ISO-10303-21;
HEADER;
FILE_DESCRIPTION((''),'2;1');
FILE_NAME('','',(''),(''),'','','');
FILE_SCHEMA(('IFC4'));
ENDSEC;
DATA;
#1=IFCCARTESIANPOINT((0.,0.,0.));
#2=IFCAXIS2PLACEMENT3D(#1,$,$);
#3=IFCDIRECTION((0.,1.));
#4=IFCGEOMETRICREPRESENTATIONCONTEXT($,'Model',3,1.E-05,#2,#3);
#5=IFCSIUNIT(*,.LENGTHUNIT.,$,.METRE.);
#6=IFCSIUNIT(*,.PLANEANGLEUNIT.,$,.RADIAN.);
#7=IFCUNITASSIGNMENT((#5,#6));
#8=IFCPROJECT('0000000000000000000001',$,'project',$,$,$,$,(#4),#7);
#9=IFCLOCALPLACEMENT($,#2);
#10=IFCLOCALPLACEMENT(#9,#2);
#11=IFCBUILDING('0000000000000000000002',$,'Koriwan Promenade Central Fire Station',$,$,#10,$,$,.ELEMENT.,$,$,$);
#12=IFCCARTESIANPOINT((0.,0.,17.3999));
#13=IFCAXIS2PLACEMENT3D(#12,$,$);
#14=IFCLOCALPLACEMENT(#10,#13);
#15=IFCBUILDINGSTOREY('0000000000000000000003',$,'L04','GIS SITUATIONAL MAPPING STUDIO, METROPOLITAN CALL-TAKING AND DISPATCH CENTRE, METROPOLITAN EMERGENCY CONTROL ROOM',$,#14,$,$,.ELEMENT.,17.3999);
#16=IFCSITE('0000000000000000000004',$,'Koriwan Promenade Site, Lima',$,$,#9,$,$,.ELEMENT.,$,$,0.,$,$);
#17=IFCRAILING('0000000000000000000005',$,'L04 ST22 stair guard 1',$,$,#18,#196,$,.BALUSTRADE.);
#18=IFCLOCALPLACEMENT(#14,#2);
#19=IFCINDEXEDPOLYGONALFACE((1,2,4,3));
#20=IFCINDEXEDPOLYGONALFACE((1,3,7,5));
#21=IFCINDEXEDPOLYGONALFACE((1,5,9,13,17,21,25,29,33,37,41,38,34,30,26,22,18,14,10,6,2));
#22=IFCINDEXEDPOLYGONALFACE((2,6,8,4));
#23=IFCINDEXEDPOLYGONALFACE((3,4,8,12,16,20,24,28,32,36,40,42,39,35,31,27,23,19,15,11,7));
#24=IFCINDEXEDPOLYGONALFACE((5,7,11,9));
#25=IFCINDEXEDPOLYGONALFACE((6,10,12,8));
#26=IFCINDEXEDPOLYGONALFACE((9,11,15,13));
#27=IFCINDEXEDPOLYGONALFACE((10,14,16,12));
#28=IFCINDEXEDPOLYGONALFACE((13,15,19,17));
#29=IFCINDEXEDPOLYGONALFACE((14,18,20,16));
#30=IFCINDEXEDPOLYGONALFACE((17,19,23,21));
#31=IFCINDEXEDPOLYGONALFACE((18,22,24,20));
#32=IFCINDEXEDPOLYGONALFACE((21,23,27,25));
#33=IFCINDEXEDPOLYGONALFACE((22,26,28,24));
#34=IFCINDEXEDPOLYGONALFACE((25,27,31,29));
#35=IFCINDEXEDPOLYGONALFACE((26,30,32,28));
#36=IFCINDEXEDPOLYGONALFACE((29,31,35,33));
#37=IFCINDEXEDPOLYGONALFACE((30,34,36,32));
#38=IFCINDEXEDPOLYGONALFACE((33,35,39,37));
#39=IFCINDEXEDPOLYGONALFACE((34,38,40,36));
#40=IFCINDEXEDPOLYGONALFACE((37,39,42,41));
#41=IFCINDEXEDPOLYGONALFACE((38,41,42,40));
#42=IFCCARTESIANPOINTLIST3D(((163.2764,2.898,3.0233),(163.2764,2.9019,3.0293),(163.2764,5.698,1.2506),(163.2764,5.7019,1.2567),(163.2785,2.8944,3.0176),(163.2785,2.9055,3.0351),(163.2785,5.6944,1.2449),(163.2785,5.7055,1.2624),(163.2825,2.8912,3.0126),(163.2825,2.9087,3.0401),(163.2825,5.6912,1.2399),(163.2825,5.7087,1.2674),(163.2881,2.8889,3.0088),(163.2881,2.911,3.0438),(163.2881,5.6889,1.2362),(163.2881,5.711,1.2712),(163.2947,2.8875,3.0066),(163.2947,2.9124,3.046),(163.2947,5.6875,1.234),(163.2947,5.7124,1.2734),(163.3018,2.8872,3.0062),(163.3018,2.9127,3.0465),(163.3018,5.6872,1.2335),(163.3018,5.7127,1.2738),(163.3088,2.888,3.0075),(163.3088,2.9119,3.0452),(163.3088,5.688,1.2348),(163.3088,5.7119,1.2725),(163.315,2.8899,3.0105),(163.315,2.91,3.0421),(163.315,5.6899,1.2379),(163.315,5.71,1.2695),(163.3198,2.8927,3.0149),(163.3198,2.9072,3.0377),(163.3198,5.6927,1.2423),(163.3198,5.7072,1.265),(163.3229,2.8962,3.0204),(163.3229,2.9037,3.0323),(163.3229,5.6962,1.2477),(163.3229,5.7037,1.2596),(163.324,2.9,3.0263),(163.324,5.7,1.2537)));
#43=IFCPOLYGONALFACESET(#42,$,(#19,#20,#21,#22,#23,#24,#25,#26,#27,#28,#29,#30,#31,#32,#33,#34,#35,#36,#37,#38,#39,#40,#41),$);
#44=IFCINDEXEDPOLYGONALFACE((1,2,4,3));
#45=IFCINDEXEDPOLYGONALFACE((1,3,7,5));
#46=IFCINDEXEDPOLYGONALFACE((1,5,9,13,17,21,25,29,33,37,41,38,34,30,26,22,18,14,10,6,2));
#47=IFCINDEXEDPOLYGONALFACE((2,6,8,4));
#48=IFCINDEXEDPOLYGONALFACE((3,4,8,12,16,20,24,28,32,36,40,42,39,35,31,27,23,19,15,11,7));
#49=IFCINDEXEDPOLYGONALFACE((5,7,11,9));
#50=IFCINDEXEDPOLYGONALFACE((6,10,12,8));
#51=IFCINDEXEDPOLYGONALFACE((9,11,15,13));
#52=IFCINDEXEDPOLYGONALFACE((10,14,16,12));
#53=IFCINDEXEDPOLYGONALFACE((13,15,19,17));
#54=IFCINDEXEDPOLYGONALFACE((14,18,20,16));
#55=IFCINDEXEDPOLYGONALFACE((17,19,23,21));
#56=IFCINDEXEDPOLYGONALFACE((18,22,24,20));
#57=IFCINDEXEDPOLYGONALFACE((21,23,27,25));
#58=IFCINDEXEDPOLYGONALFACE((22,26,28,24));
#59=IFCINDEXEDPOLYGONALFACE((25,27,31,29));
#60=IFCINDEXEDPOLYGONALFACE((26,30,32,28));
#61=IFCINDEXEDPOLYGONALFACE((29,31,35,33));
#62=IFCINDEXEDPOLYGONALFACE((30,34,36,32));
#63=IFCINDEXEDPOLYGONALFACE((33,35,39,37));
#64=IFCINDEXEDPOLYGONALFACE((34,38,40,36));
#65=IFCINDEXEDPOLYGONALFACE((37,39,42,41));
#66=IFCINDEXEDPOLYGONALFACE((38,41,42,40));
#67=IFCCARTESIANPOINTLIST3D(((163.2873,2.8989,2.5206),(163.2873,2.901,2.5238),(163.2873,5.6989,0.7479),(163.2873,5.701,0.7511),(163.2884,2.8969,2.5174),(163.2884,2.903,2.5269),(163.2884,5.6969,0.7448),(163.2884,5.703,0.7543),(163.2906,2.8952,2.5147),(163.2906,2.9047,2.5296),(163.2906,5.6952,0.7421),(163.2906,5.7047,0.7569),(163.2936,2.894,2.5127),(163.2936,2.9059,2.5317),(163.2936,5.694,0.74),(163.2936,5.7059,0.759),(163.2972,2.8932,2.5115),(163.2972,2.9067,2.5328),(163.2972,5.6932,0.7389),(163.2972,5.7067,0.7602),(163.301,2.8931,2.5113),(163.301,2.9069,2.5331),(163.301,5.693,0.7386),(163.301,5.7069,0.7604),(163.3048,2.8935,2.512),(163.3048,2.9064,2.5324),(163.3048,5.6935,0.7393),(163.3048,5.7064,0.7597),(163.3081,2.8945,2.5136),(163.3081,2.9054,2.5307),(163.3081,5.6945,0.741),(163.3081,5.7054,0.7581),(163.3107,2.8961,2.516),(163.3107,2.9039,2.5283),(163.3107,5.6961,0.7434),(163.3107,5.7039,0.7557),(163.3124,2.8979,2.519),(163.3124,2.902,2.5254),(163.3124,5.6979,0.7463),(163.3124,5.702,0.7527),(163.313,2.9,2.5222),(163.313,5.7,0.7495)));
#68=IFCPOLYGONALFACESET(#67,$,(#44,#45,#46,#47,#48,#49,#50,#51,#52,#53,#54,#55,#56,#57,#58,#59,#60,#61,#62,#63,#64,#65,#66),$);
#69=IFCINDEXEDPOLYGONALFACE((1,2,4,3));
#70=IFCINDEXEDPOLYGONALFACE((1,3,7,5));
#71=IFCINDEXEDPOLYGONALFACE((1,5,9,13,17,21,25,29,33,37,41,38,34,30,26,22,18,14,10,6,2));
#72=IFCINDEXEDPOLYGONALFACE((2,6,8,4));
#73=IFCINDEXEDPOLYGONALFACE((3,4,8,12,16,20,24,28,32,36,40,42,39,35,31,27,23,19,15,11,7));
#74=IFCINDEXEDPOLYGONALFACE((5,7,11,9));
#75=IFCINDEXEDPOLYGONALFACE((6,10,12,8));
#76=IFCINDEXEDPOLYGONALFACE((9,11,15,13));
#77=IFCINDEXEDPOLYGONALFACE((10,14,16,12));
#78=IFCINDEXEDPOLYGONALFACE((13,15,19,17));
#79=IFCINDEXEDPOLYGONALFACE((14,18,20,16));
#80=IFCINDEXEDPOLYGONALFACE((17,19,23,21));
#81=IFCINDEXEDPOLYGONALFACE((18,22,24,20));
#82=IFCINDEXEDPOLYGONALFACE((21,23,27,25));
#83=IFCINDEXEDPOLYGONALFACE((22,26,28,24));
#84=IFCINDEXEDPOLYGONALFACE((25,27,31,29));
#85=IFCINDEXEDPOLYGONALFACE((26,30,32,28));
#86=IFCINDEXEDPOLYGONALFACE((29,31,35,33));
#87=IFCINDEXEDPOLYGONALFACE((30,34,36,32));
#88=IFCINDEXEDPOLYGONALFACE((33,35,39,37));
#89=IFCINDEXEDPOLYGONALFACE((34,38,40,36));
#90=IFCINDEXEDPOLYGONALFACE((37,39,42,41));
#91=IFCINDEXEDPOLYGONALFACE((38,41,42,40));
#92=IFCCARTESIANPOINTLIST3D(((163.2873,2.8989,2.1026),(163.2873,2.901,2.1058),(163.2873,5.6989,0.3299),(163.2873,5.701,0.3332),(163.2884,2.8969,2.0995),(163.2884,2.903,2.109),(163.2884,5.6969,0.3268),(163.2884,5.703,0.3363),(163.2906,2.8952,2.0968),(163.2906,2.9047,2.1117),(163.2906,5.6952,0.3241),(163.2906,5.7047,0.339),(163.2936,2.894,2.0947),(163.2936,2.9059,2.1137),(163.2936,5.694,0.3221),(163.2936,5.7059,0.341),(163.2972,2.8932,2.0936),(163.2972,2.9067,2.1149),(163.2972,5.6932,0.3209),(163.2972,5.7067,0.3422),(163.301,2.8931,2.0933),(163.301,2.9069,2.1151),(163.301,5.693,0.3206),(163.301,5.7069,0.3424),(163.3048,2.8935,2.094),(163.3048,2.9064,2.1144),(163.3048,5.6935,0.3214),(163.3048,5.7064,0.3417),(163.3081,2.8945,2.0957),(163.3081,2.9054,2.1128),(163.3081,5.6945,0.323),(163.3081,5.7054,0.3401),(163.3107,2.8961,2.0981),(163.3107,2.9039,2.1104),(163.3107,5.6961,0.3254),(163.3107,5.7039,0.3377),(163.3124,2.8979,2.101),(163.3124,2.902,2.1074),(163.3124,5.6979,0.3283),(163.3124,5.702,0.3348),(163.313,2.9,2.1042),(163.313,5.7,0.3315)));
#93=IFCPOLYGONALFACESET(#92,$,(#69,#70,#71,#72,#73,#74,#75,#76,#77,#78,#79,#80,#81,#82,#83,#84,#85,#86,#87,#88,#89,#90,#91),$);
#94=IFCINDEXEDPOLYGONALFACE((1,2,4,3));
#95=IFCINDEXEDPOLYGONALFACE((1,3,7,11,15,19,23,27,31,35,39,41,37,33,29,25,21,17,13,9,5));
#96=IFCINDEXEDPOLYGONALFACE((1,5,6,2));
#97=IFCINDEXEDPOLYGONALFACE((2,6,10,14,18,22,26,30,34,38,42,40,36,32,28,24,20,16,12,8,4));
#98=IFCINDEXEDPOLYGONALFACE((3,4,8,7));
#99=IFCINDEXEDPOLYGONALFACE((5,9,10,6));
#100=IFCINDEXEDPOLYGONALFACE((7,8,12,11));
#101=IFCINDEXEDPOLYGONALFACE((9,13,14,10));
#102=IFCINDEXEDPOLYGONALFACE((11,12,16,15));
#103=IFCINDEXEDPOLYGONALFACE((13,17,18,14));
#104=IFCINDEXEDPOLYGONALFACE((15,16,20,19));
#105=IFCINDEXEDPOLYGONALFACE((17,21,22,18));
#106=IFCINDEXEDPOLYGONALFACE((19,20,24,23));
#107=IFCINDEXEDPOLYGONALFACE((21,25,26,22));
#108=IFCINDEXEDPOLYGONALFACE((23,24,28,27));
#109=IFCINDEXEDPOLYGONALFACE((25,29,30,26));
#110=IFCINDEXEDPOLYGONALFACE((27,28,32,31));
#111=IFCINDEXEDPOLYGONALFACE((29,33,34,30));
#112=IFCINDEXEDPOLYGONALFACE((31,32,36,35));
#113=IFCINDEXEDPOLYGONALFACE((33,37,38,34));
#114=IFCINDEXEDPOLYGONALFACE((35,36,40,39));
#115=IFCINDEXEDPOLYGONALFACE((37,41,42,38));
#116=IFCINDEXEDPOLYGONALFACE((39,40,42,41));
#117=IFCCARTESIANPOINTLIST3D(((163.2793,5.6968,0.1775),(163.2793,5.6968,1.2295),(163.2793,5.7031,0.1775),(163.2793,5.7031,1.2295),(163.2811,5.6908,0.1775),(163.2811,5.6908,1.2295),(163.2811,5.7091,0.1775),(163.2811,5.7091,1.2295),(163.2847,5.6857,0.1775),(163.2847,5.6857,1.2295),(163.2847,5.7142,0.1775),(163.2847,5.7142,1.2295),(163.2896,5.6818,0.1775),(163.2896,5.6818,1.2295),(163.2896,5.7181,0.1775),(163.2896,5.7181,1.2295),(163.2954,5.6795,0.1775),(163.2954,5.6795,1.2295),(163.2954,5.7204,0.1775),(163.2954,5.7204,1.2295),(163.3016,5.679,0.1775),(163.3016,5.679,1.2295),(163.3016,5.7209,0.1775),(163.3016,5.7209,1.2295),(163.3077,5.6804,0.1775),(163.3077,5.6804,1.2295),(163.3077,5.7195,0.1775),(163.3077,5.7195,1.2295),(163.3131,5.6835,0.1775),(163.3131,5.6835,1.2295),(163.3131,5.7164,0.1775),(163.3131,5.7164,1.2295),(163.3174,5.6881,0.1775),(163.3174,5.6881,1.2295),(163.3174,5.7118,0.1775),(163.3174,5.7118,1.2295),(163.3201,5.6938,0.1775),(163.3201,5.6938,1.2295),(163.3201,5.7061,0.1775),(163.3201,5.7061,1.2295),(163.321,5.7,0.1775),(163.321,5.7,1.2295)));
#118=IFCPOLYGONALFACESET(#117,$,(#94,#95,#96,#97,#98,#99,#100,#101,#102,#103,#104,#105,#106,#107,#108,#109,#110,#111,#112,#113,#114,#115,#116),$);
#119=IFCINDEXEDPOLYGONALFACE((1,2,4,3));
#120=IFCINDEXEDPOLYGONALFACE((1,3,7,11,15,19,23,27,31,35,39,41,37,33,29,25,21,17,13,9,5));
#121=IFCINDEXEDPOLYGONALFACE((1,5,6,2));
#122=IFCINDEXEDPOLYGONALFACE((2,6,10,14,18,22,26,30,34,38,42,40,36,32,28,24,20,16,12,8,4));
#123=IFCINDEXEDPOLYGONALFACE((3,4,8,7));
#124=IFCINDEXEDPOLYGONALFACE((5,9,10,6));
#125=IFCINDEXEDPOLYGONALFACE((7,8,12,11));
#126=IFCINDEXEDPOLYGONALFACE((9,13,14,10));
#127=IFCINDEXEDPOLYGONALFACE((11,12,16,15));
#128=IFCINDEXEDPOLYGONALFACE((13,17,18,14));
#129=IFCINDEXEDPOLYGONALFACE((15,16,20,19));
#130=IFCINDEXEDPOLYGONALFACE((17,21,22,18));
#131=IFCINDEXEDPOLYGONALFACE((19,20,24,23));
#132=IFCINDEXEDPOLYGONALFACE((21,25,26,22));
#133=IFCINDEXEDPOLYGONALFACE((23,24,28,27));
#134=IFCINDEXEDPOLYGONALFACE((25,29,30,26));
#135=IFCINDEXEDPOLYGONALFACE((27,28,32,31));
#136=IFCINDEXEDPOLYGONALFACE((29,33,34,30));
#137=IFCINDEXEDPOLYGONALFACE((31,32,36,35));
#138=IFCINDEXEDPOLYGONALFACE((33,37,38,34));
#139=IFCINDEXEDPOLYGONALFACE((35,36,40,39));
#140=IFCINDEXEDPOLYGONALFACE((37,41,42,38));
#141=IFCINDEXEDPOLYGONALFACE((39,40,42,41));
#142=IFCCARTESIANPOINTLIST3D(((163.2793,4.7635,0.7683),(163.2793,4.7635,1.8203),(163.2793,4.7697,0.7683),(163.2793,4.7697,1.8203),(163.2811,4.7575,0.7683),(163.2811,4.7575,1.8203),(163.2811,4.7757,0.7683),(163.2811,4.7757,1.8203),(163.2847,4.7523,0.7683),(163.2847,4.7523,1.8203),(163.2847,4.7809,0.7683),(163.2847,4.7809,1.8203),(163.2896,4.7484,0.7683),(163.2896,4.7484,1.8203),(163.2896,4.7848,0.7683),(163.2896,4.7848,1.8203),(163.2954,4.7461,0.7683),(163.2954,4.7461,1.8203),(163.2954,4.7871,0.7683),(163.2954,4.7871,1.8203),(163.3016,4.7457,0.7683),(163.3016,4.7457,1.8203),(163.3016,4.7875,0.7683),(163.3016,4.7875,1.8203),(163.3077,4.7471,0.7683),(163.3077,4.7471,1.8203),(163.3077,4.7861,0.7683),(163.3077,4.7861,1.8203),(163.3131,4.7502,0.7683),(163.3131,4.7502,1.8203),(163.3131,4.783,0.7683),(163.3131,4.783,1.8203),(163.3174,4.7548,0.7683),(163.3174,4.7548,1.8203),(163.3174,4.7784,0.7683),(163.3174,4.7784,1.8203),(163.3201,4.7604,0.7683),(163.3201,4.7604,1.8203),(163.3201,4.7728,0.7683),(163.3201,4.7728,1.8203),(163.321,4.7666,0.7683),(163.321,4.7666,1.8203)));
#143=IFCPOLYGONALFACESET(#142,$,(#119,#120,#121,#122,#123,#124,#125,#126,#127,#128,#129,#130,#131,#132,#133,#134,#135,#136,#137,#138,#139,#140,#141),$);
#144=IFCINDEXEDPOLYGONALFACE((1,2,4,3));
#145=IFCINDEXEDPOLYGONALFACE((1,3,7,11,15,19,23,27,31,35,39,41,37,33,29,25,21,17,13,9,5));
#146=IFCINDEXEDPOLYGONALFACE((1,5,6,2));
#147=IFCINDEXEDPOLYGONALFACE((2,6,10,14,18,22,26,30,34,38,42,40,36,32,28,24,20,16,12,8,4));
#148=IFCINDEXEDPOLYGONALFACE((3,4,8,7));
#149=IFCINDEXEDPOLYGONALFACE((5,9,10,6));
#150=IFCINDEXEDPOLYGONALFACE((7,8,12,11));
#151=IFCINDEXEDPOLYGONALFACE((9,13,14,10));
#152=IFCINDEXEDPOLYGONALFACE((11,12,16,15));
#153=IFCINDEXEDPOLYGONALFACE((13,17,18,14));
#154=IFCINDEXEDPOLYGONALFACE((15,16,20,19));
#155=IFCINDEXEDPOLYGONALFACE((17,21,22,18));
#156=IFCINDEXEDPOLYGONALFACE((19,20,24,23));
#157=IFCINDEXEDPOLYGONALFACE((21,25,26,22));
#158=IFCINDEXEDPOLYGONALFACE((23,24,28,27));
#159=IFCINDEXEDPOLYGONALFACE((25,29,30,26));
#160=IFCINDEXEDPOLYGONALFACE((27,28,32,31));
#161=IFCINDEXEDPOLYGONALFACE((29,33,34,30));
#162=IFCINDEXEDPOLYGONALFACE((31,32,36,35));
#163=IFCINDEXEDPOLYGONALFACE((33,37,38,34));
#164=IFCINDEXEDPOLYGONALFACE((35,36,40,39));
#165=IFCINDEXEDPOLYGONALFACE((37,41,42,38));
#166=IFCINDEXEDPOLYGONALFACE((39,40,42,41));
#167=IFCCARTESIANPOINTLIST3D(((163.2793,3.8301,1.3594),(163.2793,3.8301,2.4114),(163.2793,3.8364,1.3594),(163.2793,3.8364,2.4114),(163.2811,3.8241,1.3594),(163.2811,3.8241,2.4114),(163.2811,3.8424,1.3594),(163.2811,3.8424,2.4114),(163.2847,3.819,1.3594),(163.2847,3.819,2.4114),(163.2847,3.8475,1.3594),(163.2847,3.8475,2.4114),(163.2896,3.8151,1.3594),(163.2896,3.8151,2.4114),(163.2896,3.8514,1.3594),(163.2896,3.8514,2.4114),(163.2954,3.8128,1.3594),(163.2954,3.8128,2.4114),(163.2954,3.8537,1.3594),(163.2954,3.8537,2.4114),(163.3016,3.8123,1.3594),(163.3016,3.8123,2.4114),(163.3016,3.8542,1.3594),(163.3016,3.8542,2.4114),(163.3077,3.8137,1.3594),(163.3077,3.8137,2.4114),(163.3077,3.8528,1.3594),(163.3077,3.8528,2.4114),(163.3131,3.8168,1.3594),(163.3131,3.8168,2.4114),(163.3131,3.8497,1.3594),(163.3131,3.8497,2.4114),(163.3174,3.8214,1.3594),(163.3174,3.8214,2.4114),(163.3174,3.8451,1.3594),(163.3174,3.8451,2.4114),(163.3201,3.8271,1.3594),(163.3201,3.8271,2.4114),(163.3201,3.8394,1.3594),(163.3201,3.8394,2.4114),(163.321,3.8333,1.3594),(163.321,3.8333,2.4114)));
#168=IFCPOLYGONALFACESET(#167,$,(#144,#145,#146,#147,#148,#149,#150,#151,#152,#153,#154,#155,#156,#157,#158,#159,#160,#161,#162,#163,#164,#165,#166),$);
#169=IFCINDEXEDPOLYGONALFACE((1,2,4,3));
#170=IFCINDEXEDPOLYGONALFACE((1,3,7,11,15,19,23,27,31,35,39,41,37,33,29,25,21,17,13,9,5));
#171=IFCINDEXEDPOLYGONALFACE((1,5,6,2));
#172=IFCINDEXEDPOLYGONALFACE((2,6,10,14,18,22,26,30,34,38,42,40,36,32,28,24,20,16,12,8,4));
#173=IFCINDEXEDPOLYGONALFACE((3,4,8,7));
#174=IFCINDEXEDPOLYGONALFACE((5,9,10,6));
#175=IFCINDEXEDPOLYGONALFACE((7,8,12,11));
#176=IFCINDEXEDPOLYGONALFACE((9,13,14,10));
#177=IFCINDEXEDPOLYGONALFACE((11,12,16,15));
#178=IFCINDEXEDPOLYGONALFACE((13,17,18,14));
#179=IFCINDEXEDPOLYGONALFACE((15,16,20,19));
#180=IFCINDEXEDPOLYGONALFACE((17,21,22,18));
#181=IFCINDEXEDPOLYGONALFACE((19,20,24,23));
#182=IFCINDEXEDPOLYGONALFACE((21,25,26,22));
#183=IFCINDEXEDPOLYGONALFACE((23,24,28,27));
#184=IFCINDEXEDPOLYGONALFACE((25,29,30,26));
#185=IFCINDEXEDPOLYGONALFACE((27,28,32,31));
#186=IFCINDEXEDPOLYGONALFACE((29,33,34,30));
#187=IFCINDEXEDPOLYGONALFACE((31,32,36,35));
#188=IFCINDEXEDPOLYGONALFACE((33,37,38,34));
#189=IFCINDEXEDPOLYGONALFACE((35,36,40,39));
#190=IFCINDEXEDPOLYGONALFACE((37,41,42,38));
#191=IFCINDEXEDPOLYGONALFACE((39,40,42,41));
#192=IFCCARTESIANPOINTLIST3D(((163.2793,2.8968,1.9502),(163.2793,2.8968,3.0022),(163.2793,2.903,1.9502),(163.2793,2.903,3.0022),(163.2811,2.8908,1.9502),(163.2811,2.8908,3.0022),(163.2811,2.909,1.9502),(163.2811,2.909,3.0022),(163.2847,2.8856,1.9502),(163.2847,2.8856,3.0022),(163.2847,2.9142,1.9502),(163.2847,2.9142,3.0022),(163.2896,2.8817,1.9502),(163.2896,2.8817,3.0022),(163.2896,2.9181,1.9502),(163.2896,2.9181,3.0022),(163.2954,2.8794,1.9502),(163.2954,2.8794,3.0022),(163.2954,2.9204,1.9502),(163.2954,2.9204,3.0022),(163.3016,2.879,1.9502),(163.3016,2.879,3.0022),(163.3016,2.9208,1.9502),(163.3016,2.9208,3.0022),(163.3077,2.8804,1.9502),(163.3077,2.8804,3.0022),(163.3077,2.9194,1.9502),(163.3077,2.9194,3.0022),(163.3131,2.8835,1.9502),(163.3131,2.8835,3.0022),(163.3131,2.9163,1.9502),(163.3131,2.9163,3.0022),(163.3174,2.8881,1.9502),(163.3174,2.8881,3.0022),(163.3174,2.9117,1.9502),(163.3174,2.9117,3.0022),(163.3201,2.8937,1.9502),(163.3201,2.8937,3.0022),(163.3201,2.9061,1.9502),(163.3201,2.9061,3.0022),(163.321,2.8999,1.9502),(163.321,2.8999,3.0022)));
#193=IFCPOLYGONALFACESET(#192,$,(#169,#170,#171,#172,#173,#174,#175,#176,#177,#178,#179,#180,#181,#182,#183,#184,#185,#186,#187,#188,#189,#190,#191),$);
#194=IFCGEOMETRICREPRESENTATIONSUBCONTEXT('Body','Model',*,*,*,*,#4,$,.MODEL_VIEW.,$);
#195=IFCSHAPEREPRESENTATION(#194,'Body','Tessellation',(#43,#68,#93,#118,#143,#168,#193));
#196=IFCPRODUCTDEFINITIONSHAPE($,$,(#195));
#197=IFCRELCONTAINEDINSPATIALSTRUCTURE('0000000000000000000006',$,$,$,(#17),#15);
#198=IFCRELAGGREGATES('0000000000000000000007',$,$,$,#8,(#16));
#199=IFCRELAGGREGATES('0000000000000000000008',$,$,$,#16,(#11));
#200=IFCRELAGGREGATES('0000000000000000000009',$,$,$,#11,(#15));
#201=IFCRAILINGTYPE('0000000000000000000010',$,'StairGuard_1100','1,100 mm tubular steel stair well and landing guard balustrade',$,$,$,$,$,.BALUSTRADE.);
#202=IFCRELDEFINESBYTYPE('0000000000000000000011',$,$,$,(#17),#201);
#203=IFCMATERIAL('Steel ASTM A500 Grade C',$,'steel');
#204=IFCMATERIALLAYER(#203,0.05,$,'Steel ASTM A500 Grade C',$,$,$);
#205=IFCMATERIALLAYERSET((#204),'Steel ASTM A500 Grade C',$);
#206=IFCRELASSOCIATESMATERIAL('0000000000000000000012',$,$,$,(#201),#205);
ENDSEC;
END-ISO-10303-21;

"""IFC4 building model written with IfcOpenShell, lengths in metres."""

from ifc_helpers import new_model, si_unit, direction, frame, origin, origin_2d, place, context, subcontext, project, spatial, circle, extrude, material, layer, layer_set, type_object, element, save


model = new_model("IFC4")

# Units and contexts
model_context = context("Model", 3, precision=1e-05, world=origin(), true_north=direction((0.0, 1.0)))
body_context = subcontext(model_context, "Body", "Model", "MODEL_VIEW")
ifc_project = project(units=[si_unit("LENGTHUNIT", "METRE"), si_unit("PLANEANGLEUNIT", "RADIAN")], contexts=[model_context])

# Site, building, storey
site_placement = place(None, origin())
site = spatial("IfcSite", under=ifc_project, at=site_placement, Name="Koriwan Promenade Site, Lima", CompositionType="ELEMENT", RefElevation=0.0)
building_placement = place(site_placement, origin())
building = spatial("IfcBuilding", under=site, at=building_placement, Name="Koriwan Promenade Central Fire Station", CompositionType="ELEMENT")
storey_placement = place(building_placement, frame((0.0, 0.0, 17.3999)))
storey = spatial("IfcBuildingStorey", under=building, at=storey_placement, Name="L04", Description="GIS SITUATIONAL MAPPING STUDIO, METROPOLITAN CALL-TAKING AND DISPATCH CENTRE, METROPOLITAN EMERGENCY CONTROL ROOM", CompositionType="ELEMENT", Elevation=17.3999)

# Railing
ifc_material_1 = material(Name="Steel ASTM A500 Grade C", Category="steel")
ifc_layer_1 = layer(ifc_material_1, 0.05, Name="Steel ASTM A500 Grade C")
ifc_layer_set_1 = layer_set([ifc_layer_1], Name="Steel ASTM A500 Grade C")
railing_type_1 = type_object("IfcRailingType", Name="StairGuard_1100", Description="1,100 mm tubular steel stair well and landing guard balustrade", PredefinedType="BALUSTRADE", material=ifc_layer_set_1)
railing_1_placement = place(storey_placement, frame((163.3, 5.7, 0.1775)))
element("IfcRailing", 1, at=railing_1_placement, inside=storey, type_object=railing_type_1, Name="L04 ST22 stair guard 1", PredefinedType="BALUSTRADE", context=body_context, shape_type="SweptSolid", body=[
    extrude(circle(Radius=0.0239, at=origin_2d()), frame((0.0, 0.0, 1.0762), z_axis=(0.0, -0.844909, 0.53491), x_axis=(1.0, 0.0, 0.0)), (0.0, 0.0, 1.0), 3.314),
    extrude(circle(Radius=0.0129, at=origin_2d()), frame((0.0, 0.0, 0.572), z_axis=(0.0, -0.844909, 0.53491), x_axis=(1.0, 0.0, 0.0)), (0.0, 0.0, 1.0), 3.314),
    extrude(circle(Radius=0.0129, at=origin_2d()), frame((0.0, 0.0, 0.1541), z_axis=(0.0, -0.844909, 0.53491), x_axis=(1.0, 0.0, 0.0)), (0.0, 0.0, 1.0), 3.314),
    extrude(circle(Radius=0.021, at=origin_2d()), origin(), (0.0, 0.0, 1.0), 1.052),
    extrude(circle(Radius=0.021, at=origin_2d()), frame((0.0, -0.9333, 0.5908)), (0.0, 0.0, 1.0), 1.052),
    extrude(circle(Radius=0.021, at=origin_2d()), frame((0.0, -1.8667, 1.1819)), (0.0, 0.0, 1.0), 1.052),
    extrude(circle(Radius=0.021, at=origin_2d()), frame((0.0, -2.8, 1.7727)), (0.0, 0.0, 1.0), 1.052),
])

save(model, "model.ifc")
